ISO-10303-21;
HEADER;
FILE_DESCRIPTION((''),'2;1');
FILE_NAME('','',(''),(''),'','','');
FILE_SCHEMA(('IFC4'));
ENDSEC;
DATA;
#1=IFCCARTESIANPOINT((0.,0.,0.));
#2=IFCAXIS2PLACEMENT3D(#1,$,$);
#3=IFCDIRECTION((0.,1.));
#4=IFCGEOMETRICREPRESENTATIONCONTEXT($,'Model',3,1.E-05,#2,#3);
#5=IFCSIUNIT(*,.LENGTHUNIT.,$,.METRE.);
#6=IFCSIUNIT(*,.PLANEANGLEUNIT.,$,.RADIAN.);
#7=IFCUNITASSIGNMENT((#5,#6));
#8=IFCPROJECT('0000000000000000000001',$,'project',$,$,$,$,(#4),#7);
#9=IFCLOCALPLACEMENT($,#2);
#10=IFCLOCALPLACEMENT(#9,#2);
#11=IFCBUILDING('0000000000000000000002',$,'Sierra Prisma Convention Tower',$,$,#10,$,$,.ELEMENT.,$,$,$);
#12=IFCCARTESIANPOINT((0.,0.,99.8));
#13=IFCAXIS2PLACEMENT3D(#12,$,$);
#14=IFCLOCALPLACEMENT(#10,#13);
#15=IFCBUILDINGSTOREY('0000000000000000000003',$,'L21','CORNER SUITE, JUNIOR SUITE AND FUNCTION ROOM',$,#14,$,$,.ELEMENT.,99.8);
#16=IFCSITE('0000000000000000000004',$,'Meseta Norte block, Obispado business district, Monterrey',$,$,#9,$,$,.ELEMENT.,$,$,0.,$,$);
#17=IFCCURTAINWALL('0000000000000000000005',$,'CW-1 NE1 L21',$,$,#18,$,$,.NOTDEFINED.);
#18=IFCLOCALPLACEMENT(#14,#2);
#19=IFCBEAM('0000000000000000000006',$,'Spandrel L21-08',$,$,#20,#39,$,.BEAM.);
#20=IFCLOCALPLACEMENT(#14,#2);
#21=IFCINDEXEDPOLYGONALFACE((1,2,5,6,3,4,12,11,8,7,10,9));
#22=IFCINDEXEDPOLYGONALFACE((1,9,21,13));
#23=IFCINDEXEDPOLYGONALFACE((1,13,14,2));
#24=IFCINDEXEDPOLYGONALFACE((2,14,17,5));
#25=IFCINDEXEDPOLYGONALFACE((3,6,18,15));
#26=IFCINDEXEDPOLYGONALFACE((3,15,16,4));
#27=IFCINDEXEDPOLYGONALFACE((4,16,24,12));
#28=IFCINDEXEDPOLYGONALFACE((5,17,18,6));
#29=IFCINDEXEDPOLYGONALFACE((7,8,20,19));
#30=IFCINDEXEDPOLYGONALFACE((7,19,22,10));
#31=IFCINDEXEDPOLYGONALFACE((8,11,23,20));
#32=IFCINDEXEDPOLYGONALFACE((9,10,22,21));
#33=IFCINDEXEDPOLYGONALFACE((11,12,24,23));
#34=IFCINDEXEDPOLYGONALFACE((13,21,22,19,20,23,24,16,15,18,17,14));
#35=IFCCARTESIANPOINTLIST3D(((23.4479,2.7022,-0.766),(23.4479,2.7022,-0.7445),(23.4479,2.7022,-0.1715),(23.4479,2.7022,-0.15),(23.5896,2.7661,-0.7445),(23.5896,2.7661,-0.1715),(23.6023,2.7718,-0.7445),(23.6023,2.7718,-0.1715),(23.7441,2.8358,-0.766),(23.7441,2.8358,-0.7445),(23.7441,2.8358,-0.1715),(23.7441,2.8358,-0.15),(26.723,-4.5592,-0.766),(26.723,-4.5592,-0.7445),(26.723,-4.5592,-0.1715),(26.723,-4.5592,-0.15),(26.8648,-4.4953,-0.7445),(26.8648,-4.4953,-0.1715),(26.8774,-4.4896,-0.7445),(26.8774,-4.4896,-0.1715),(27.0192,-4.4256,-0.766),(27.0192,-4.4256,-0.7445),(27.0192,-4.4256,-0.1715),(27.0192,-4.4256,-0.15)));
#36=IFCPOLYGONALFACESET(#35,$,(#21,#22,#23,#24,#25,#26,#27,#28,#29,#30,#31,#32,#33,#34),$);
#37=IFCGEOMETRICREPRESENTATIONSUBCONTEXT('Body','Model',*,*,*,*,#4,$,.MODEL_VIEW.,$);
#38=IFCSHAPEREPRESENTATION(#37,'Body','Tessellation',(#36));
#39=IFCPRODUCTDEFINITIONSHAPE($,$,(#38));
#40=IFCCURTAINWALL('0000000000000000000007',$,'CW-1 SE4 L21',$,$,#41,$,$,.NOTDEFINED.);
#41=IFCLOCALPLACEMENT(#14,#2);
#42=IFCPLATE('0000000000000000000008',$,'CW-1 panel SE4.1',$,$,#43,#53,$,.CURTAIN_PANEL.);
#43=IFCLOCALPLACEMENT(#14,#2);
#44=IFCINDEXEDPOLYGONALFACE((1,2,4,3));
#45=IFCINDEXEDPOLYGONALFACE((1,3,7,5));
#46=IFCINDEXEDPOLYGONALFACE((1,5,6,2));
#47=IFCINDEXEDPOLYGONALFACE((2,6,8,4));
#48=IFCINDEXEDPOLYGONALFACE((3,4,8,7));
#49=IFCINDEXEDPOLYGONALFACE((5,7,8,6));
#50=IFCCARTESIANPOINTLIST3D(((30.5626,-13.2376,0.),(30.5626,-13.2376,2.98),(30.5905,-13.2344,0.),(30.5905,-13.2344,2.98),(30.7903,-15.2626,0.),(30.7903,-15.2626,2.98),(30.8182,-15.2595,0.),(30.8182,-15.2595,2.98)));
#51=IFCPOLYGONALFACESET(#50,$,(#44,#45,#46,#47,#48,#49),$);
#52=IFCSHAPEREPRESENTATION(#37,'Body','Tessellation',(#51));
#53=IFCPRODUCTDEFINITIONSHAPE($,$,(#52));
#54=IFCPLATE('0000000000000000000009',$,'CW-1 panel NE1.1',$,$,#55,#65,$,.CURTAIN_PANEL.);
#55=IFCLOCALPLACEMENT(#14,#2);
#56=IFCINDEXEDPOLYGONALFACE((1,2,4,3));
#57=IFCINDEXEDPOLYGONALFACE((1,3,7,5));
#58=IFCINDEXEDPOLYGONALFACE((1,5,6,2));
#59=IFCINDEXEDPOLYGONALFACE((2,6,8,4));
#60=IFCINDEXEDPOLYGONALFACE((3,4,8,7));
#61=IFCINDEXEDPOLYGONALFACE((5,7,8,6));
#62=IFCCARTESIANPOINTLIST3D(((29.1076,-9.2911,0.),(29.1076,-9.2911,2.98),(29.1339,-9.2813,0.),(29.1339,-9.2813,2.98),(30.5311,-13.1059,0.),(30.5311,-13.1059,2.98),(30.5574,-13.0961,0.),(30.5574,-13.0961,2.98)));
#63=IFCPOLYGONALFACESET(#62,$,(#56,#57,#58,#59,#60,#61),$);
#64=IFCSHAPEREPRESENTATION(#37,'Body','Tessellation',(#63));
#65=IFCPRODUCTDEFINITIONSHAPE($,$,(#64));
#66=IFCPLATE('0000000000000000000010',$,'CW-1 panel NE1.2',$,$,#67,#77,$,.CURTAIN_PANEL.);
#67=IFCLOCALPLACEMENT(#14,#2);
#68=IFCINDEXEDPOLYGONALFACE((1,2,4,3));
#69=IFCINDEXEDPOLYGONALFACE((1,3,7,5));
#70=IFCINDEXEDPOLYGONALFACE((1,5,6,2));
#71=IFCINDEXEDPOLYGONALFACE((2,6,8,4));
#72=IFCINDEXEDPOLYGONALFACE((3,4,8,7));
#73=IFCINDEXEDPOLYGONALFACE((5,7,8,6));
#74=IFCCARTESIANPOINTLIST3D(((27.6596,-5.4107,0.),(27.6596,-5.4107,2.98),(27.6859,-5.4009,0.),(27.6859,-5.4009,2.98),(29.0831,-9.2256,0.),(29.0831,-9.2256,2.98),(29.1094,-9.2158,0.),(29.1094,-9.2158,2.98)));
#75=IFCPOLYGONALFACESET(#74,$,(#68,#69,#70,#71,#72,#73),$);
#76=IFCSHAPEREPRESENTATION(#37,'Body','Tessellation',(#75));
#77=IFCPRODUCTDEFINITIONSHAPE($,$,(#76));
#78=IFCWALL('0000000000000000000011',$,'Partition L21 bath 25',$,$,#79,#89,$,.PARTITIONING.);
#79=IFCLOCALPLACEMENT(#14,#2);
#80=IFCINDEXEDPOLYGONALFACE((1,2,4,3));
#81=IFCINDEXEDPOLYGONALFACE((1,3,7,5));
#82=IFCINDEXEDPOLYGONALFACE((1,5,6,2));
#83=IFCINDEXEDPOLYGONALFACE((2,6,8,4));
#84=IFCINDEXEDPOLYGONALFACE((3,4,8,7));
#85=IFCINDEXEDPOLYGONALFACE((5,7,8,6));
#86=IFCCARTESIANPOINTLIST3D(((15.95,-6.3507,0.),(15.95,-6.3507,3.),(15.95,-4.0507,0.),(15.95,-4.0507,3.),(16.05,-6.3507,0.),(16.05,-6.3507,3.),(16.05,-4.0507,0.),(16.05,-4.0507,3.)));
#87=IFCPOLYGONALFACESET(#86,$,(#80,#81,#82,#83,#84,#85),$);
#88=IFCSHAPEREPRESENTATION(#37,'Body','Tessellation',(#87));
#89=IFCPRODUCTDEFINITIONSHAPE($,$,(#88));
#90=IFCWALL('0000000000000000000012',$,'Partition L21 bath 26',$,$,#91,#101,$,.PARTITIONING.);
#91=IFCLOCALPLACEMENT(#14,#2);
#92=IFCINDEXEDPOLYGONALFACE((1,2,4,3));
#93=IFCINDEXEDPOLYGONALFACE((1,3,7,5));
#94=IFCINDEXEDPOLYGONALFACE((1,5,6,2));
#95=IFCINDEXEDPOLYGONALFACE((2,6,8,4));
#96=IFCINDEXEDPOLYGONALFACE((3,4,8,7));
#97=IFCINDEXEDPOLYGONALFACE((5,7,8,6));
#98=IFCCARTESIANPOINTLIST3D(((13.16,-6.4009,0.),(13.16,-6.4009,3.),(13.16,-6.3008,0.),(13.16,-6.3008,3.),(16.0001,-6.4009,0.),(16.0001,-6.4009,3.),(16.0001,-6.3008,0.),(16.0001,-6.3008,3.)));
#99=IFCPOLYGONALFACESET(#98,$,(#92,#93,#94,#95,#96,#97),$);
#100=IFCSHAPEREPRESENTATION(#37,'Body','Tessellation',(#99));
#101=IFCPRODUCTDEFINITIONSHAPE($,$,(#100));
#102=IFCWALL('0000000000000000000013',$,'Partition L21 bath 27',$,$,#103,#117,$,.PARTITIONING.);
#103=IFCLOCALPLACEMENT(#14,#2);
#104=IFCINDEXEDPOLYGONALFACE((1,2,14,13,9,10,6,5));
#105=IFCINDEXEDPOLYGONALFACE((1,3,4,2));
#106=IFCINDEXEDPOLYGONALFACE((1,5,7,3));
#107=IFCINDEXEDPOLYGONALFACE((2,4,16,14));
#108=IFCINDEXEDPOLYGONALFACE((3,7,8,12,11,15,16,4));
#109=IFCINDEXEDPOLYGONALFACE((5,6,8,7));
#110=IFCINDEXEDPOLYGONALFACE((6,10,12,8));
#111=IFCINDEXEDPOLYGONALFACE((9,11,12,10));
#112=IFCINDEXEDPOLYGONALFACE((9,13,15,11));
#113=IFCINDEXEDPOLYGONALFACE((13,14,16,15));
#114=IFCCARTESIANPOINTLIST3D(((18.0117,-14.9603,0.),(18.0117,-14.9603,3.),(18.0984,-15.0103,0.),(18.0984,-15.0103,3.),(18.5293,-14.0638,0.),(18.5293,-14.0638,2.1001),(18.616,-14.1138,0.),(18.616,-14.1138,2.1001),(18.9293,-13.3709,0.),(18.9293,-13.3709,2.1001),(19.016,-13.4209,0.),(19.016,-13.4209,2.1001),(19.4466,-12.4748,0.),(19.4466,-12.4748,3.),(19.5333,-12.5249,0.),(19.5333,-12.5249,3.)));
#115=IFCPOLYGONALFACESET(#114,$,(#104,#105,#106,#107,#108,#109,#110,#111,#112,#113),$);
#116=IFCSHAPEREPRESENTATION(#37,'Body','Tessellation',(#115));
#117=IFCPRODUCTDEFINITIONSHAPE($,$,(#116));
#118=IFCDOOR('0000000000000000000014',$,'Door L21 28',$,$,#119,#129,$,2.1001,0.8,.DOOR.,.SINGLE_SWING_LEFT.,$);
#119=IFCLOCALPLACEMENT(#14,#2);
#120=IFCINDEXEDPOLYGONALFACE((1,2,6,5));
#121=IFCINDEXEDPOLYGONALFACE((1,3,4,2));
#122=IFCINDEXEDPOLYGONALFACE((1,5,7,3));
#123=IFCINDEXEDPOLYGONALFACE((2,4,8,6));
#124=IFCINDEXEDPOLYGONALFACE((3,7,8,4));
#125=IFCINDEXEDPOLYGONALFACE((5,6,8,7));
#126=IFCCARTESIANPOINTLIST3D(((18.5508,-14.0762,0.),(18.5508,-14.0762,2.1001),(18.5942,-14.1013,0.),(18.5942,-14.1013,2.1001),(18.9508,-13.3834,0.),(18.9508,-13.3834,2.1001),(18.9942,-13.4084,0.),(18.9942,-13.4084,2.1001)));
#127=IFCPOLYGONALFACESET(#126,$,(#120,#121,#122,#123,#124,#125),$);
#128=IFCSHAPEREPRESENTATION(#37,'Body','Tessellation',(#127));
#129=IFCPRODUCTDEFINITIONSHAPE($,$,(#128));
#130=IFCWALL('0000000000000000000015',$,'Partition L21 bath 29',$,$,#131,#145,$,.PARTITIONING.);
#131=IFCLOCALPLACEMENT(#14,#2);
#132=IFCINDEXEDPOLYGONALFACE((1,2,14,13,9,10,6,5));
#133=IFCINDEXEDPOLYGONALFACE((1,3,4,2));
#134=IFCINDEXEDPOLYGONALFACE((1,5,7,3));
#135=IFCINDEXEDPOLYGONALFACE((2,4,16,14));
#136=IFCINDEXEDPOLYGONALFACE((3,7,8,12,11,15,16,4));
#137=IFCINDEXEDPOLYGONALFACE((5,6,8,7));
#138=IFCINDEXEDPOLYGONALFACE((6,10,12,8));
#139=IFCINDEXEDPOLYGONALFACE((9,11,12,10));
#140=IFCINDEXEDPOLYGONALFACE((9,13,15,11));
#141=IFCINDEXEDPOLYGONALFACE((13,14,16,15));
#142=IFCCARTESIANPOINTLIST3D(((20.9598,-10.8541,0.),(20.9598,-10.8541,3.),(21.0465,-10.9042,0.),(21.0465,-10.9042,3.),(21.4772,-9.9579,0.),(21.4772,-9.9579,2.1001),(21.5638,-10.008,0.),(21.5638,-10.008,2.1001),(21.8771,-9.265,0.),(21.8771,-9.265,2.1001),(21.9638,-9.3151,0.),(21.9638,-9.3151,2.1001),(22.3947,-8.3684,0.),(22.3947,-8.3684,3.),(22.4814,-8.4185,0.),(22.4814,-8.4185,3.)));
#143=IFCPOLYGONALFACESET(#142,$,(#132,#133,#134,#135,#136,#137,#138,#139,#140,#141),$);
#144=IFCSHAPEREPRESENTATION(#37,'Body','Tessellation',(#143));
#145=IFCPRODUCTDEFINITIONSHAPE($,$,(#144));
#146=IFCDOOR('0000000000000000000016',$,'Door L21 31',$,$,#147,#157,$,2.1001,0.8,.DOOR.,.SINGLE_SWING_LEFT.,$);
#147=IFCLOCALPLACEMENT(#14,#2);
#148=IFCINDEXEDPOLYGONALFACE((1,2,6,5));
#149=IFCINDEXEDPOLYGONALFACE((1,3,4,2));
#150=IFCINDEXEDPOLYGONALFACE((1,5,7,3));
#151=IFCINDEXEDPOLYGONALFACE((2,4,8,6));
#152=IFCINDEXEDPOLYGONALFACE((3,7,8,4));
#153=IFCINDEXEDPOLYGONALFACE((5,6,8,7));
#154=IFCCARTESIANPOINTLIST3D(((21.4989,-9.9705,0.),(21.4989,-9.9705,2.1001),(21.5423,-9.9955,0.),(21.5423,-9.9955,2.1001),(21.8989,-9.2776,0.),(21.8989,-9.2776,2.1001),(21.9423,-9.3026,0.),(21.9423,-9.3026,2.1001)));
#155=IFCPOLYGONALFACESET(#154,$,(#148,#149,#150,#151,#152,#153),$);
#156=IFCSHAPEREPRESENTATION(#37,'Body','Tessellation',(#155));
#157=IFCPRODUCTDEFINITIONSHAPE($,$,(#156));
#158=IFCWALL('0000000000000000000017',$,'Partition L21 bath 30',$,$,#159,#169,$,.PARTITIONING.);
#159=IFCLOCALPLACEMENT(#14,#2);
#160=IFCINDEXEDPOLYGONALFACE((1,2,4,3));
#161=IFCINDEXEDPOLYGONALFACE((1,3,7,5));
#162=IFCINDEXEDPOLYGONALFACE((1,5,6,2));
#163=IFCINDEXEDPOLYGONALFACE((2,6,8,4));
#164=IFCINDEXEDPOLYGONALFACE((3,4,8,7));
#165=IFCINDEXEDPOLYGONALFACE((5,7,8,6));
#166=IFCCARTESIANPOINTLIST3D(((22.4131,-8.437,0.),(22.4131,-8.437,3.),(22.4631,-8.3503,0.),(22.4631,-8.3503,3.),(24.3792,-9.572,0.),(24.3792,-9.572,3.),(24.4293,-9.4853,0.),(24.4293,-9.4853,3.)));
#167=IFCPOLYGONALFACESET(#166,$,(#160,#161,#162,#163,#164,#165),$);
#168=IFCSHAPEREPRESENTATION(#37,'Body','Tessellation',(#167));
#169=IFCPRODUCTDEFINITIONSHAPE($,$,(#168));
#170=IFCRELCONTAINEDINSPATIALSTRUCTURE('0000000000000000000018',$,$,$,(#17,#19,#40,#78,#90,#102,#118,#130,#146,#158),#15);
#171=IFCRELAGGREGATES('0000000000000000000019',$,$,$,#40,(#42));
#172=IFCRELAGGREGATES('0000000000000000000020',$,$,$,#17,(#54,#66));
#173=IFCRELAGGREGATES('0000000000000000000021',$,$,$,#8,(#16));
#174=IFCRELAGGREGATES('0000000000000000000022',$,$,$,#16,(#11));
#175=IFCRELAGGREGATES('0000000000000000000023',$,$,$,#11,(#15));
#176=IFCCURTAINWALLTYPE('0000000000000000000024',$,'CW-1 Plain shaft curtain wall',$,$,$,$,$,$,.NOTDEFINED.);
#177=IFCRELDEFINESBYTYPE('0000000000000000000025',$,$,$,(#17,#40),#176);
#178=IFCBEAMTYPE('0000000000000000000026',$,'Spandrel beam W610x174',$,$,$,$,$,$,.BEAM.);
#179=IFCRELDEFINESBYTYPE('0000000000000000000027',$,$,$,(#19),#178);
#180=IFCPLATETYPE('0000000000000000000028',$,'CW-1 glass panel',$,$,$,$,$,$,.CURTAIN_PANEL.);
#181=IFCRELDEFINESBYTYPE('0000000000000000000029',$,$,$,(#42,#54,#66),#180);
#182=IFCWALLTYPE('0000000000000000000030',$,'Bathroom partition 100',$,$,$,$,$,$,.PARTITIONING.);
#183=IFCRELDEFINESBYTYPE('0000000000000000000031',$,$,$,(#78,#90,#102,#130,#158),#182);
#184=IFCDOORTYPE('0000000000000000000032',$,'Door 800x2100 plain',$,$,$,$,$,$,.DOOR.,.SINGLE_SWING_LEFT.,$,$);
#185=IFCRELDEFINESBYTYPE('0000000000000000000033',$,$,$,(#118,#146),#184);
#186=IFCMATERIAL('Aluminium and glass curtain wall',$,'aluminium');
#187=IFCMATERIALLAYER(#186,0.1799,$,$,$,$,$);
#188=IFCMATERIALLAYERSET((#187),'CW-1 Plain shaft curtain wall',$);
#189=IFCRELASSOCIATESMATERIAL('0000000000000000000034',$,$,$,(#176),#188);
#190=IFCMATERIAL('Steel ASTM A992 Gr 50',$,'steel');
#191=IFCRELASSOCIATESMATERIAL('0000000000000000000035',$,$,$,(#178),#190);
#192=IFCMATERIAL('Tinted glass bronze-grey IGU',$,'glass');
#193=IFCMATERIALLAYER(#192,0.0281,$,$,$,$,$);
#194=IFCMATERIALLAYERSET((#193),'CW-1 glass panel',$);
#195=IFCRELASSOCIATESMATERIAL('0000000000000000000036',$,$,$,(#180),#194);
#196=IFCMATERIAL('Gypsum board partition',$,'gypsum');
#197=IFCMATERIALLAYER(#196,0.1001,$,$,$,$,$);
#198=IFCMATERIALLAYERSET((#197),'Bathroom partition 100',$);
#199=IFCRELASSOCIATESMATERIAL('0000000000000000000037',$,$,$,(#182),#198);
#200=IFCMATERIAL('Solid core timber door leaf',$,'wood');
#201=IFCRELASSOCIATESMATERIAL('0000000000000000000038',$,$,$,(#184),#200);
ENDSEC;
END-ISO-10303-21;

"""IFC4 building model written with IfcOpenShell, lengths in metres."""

from ifc_helpers import new_model, si_unit, direction, frame, frame_2d, origin, origin_2d, place, context, subcontext, project, spatial, rectangle, i_section, extrude, material, layer, layer_set, material_profile, profile_set, type_object, element, fill, aggregate, save


model = new_model("IFC4")

# Units and contexts
model_context = context("Model", 3, precision=1e-05, world=origin(), true_north=direction((0.0, 1.0)))
body_context = subcontext(model_context, "Body", "Model", "MODEL_VIEW")
ifc_project = project(units=[si_unit("LENGTHUNIT", "METRE"), si_unit("PLANEANGLEUNIT", "RADIAN")], contexts=[model_context])

# Site, building, storey
site_placement = place(None, origin())
site = spatial("IfcSite", under=ifc_project, at=site_placement, Name="Meseta Norte block, Obispado business district, Monterrey", CompositionType="ELEMENT", RefElevation=0.0)
building_placement = place(site_placement, origin())
building = spatial("IfcBuilding", under=site, at=building_placement, Name="Sierra Prisma Convention Tower", CompositionType="ELEMENT")
storey_placement = place(building_placement, frame((0.0, 0.0, 99.8)))
storey = spatial("IfcBuildingStorey", under=building, at=storey_placement, Name="L21", Description="CORNER SUITE, JUNIOR SUITE AND FUNCTION ROOM", CompositionType="ELEMENT", Elevation=99.8)

# Curtain wall
ifc_material_1 = material(Name="Aluminium and glass curtain wall", Category="aluminium")
ifc_layer_1 = layer(ifc_material_1, 0.1799)
ifc_layer_set_1 = layer_set([ifc_layer_1], Name="CW-1 Plain shaft curtain wall")
curtain_wall_type = type_object("IfcCurtainWallType", Name="CW-1 Plain shaft curtain wall", PredefinedType="NOTDEFINED", material=ifc_layer_set_1)
curtain_wall_1_placement = place(storey_placement, origin())
curtain_wall_1 = element("IfcCurtainWall", 1, at=curtain_wall_1_placement, inside=storey, type_object=curtain_wall_type, Name="CW-1 NE1 L21", PredefinedType="NOTDEFINED")

# Beam
ifc_material_2 = material(Name="Steel ASTM A992 Gr 50", Category="steel")
ifc_material_profile_1 = material_profile(ifc_material_2, i_section(OverallWidth=0.325, OverallDepth=0.616, WebThickness=0.0139, FlangeThickness=0.0215, at=origin_2d()), Name="W610x174")
ifc_profile_set_1 = profile_set([ifc_material_profile_1], Name="Steel ASTM A992 Gr 50")
beam_type_1 = type_object("IfcBeamType", Name="Spandrel beam W610x174", PredefinedType="BEAM", material=ifc_profile_set_1)
beam_1_placement = place(storey_placement, frame((26.8711, -4.4924, -0.458), z_axis=(-0.411146, 0.91157, 0.0), x_axis=(-0.91157, -0.411146, 0.0)))
element("IfcBeam", 2, at=beam_1_placement, inside=storey, type_object=beam_type_1, Name="Spandrel L21-08", PredefinedType="BEAM", context=body_context, shape_type="SweptSolid", body=[
    extrude(i_section(OverallWidth=0.325, OverallDepth=0.616, WebThickness=0.0139, FlangeThickness=0.0215, at=origin_2d()), origin(), (0.0, 0.0, 1.0), 7.9658),
])

# Curtain wall, plate
curtain_wall_2_placement = place(storey_placement, origin())
curtain_wall_2 = element("IfcCurtainWall", 3, at=curtain_wall_2_placement, inside=storey, type_object=curtain_wall_type, Name="CW-1 SE4 L21", PredefinedType="NOTDEFINED")
ifc_material_3 = material(Name="Tinted glass bronze-grey IGU", Category="glass")
ifc_layer_2 = layer(ifc_material_3, 0.0281)
ifc_layer_set_2 = layer_set([ifc_layer_2], Name="CW-1 glass panel")
plate_type = type_object("IfcPlateType", Name="CW-1 glass panel", PredefinedType="CURTAIN_PANEL", material=ifc_layer_set_2)
plate_1_placement = place(storey_placement, frame((30.6904, -14.2485, 0.0), z_axis=(0.0, 0.0, 1.0), x_axis=(-0.11175, 0.993736, 0.0)))
plate_1 = element("IfcPlate", 4, at=plate_1_placement, type_object=plate_type, Name="CW-1 panel SE4.1", PredefinedType="CURTAIN_PANEL", context=body_context, shape_type="SweptSolid", body=[
    extrude(rectangle(XDim=2.0378, YDim=0.0281, at=origin_2d()), origin(), (0.0, 0.0, 1.0), 2.98),
])
aggregate(curtain_wall_2, [plate_1])

# Plates
plate_2_placement = place(storey_placement, frame((29.8325, -11.1936, 0.0), z_axis=(0.0, 0.0, 1.0), x_axis=(-0.349594, 0.936901, 0.0)))
plate_2 = element("IfcPlate", 5, at=plate_2_placement, type_object=plate_type, Name="CW-1 panel NE1.1", PredefinedType="CURTAIN_PANEL", context=body_context, shape_type="SweptSolid", body=[
    extrude(rectangle(XDim=4.0718, YDim=0.0281, at=origin_2d()), origin(), (0.0, 0.0, 1.0), 2.98),
])
plate_3_placement = place(storey_placement, frame((28.3845, -7.3132, 0.0), z_axis=(0.0, 0.0, 1.0), x_axis=(-0.349594, 0.936901, 0.0)))
plate_3 = element("IfcPlate", 6, at=plate_3_placement, type_object=plate_type, Name="CW-1 panel NE1.2", PredefinedType="CURTAIN_PANEL", context=body_context, shape_type="SweptSolid", body=[
    extrude(rectangle(XDim=4.0718, YDim=0.0281, at=origin_2d()), origin(), (0.0, 0.0, 1.0), 2.98),
])
aggregate(curtain_wall_1, [plate_2, plate_3])

# Walls
ifc_material_4 = material(Name="Gypsum board partition", Category="gypsum")
ifc_layer_3 = layer(ifc_material_4, 0.1001)
ifc_layer_set_3 = layer_set([ifc_layer_3], Name="Bathroom partition 100")
wall_type_1 = type_object("IfcWallType", Name="Bathroom partition 100", PredefinedType="PARTITIONING", material=ifc_layer_set_3)
wall_1_placement = place(storey_placement, frame((16.0, -4.0508, 0.0), z_axis=(0.0, 0.0, 1.0), x_axis=(0.0, -1.0, 0.0)))
element("IfcWall", 7, at=wall_1_placement, inside=storey, type_object=wall_type_1, Name="Partition L21 bath 25", PredefinedType="PARTITIONING", context=body_context, shape_type="SweptSolid", body=[
    extrude(rectangle(XDim=2.3, YDim=0.1001, at=frame_2d((1.1499, 0.0))), origin(), (0.0, 0.0, 1.0), 3.0),
])
wall_2_placement = place(storey_placement, frame((16.0, -6.3508, 0.0), z_axis=(0.0, 0.0, 1.0), x_axis=(-1.0, 0.0, 0.0)))
element("IfcWall", 8, at=wall_2_placement, inside=storey, type_object=wall_type_1, Name="Partition L21 bath 26", PredefinedType="PARTITIONING", context=body_context, shape_type="SweptSolid", body=[
    extrude(rectangle(XDim=2.8401, YDim=0.1001, at=frame_2d((1.4199, 0.0))), origin(), (0.0, 0.0, 1.0), 3.0),
])

# Walls, openings, doors
wall_3_placement = place(storey_placement, frame((19.49, -12.4998, 0.0), z_axis=(0.0, 0.0, 1.0), x_axis=(-0.499973, -0.866041, 0.0)))
wall_3 = element("IfcWall", 9, at=wall_3_placement, inside=storey, type_object=wall_type_1, Name="Partition L21 bath 27", PredefinedType="PARTITIONING", context=body_context, shape_type="SweptSolid", body=[
    extrude(rectangle(XDim=2.8699, YDim=0.1001, at=frame_2d((1.4351, 0.0))), origin(), (0.0, 0.0, 1.0), 3.0),
])
opening_1_placement = place(wall_3_placement, frame((1.0349, 0.0, 0.0)))
opening_1 = element("IfcOpeningElement", 10, at=opening_1_placement, cuts=wall_3, PredefinedType="OPENING", context=body_context, shape_type="SweptSolid", body=[
    extrude(rectangle(XDim=0.8, YDim=2.1001, at=frame_2d((0.3999, 1.05))), frame((0.0, 0.05, 0.0), z_axis=(0.0, -1.0, 0.0), x_axis=(1.0, 0.0, 0.0)), (0.0, 0.0, 1.0), 0.1001),
])
ifc_material_5 = material(Name="Solid core timber door leaf", Category="wood")
door_type_1 = type_object("IfcDoorType", Name="Door 800x2100 plain", OperationType="SINGLE_SWING_LEFT", PredefinedType="DOOR", material=ifc_material_5)
door_1_placement = place(opening_1_placement, origin())
door_1 = element("IfcDoor", 11, at=door_1_placement, inside=storey, type_object=door_type_1, Name="Door L21 28", OperationType="SINGLE_SWING_LEFT", OverallHeight=2.1001, OverallWidth=0.8, PredefinedType="DOOR", context=body_context, shape_type="SweptSolid", body=[
    extrude(rectangle(XDim=0.8, YDim=2.1001, at=frame_2d((0.3999, 1.05))), frame((0.0, 0.0249, 0.0), z_axis=(0.0, -1.0, 0.0), x_axis=(1.0, 0.0, 0.0)), (0.0, 0.0, 1.0), 0.05),
])
fill(opening_1, door_1)
wall_4_placement = place(storey_placement, frame((21.0032, -10.8792, 0.0), z_axis=(0.0, 0.0, 1.0), x_axis=(0.499936, 0.866062, 0.0)))
wall_4 = element("IfcWall", 12, at=wall_4_placement, inside=storey, type_object=wall_type_1, Name="Partition L21 bath 29", PredefinedType="PARTITIONING", context=body_context, shape_type="SweptSolid", body=[
    extrude(rectangle(XDim=2.8701, YDim=0.1001, at=frame_2d((1.4351, 0.0))), origin(), (0.0, 0.0, 1.0), 3.0),
])
opening_2_placement = place(wall_4_placement, frame((1.0349, 0.0, 0.0)))
opening_2 = element("IfcOpeningElement", 13, at=opening_2_placement, cuts=wall_4, PredefinedType="OPENING", context=body_context, shape_type="SweptSolid", body=[
    extrude(rectangle(XDim=0.8, YDim=2.1001, at=frame_2d((0.3999, 1.05))), frame((0.0, 0.05, 0.0), z_axis=(0.0, -1.0, 0.0), x_axis=(1.0, 0.0, 0.0)), (0.0, 0.0, 1.0), 0.1001),
])
door_2_placement = place(opening_2_placement, origin())
door_2 = element("IfcDoor", 14, at=door_2_placement, inside=storey, type_object=door_type_1, Name="Door L21 31", OperationType="SINGLE_SWING_LEFT", OverallHeight=2.1001, OverallWidth=0.8, PredefinedType="DOOR", context=body_context, shape_type="SweptSolid", body=[
    extrude(rectangle(XDim=0.8, YDim=2.1001, at=frame_2d((0.3999, 1.05))), frame((0.0, 0.0249, 0.0), z_axis=(0.0, -1.0, 0.0), x_axis=(1.0, 0.0, 0.0)), (0.0, 0.0, 1.0), 0.05),
])
fill(opening_2, door_2)

# Wall
wall_5_placement = place(storey_placement, frame((22.438, -8.3936, 0.0), z_axis=(0.0, 0.0, 1.0), x_axis=(0.866044, -0.499968, 0.0)))
element("IfcWall", 15, at=wall_5_placement, inside=storey, type_object=wall_type_1, Name="Partition L21 bath 30", PredefinedType="PARTITIONING", context=body_context, shape_type="SweptSolid", body=[
    extrude(rectangle(XDim=2.2703, YDim=0.1001, at=frame_2d((1.1353, 0.0))), origin(), (0.0, 0.0, 1.0), 3.0),
])

save(model, "model.ifc")
